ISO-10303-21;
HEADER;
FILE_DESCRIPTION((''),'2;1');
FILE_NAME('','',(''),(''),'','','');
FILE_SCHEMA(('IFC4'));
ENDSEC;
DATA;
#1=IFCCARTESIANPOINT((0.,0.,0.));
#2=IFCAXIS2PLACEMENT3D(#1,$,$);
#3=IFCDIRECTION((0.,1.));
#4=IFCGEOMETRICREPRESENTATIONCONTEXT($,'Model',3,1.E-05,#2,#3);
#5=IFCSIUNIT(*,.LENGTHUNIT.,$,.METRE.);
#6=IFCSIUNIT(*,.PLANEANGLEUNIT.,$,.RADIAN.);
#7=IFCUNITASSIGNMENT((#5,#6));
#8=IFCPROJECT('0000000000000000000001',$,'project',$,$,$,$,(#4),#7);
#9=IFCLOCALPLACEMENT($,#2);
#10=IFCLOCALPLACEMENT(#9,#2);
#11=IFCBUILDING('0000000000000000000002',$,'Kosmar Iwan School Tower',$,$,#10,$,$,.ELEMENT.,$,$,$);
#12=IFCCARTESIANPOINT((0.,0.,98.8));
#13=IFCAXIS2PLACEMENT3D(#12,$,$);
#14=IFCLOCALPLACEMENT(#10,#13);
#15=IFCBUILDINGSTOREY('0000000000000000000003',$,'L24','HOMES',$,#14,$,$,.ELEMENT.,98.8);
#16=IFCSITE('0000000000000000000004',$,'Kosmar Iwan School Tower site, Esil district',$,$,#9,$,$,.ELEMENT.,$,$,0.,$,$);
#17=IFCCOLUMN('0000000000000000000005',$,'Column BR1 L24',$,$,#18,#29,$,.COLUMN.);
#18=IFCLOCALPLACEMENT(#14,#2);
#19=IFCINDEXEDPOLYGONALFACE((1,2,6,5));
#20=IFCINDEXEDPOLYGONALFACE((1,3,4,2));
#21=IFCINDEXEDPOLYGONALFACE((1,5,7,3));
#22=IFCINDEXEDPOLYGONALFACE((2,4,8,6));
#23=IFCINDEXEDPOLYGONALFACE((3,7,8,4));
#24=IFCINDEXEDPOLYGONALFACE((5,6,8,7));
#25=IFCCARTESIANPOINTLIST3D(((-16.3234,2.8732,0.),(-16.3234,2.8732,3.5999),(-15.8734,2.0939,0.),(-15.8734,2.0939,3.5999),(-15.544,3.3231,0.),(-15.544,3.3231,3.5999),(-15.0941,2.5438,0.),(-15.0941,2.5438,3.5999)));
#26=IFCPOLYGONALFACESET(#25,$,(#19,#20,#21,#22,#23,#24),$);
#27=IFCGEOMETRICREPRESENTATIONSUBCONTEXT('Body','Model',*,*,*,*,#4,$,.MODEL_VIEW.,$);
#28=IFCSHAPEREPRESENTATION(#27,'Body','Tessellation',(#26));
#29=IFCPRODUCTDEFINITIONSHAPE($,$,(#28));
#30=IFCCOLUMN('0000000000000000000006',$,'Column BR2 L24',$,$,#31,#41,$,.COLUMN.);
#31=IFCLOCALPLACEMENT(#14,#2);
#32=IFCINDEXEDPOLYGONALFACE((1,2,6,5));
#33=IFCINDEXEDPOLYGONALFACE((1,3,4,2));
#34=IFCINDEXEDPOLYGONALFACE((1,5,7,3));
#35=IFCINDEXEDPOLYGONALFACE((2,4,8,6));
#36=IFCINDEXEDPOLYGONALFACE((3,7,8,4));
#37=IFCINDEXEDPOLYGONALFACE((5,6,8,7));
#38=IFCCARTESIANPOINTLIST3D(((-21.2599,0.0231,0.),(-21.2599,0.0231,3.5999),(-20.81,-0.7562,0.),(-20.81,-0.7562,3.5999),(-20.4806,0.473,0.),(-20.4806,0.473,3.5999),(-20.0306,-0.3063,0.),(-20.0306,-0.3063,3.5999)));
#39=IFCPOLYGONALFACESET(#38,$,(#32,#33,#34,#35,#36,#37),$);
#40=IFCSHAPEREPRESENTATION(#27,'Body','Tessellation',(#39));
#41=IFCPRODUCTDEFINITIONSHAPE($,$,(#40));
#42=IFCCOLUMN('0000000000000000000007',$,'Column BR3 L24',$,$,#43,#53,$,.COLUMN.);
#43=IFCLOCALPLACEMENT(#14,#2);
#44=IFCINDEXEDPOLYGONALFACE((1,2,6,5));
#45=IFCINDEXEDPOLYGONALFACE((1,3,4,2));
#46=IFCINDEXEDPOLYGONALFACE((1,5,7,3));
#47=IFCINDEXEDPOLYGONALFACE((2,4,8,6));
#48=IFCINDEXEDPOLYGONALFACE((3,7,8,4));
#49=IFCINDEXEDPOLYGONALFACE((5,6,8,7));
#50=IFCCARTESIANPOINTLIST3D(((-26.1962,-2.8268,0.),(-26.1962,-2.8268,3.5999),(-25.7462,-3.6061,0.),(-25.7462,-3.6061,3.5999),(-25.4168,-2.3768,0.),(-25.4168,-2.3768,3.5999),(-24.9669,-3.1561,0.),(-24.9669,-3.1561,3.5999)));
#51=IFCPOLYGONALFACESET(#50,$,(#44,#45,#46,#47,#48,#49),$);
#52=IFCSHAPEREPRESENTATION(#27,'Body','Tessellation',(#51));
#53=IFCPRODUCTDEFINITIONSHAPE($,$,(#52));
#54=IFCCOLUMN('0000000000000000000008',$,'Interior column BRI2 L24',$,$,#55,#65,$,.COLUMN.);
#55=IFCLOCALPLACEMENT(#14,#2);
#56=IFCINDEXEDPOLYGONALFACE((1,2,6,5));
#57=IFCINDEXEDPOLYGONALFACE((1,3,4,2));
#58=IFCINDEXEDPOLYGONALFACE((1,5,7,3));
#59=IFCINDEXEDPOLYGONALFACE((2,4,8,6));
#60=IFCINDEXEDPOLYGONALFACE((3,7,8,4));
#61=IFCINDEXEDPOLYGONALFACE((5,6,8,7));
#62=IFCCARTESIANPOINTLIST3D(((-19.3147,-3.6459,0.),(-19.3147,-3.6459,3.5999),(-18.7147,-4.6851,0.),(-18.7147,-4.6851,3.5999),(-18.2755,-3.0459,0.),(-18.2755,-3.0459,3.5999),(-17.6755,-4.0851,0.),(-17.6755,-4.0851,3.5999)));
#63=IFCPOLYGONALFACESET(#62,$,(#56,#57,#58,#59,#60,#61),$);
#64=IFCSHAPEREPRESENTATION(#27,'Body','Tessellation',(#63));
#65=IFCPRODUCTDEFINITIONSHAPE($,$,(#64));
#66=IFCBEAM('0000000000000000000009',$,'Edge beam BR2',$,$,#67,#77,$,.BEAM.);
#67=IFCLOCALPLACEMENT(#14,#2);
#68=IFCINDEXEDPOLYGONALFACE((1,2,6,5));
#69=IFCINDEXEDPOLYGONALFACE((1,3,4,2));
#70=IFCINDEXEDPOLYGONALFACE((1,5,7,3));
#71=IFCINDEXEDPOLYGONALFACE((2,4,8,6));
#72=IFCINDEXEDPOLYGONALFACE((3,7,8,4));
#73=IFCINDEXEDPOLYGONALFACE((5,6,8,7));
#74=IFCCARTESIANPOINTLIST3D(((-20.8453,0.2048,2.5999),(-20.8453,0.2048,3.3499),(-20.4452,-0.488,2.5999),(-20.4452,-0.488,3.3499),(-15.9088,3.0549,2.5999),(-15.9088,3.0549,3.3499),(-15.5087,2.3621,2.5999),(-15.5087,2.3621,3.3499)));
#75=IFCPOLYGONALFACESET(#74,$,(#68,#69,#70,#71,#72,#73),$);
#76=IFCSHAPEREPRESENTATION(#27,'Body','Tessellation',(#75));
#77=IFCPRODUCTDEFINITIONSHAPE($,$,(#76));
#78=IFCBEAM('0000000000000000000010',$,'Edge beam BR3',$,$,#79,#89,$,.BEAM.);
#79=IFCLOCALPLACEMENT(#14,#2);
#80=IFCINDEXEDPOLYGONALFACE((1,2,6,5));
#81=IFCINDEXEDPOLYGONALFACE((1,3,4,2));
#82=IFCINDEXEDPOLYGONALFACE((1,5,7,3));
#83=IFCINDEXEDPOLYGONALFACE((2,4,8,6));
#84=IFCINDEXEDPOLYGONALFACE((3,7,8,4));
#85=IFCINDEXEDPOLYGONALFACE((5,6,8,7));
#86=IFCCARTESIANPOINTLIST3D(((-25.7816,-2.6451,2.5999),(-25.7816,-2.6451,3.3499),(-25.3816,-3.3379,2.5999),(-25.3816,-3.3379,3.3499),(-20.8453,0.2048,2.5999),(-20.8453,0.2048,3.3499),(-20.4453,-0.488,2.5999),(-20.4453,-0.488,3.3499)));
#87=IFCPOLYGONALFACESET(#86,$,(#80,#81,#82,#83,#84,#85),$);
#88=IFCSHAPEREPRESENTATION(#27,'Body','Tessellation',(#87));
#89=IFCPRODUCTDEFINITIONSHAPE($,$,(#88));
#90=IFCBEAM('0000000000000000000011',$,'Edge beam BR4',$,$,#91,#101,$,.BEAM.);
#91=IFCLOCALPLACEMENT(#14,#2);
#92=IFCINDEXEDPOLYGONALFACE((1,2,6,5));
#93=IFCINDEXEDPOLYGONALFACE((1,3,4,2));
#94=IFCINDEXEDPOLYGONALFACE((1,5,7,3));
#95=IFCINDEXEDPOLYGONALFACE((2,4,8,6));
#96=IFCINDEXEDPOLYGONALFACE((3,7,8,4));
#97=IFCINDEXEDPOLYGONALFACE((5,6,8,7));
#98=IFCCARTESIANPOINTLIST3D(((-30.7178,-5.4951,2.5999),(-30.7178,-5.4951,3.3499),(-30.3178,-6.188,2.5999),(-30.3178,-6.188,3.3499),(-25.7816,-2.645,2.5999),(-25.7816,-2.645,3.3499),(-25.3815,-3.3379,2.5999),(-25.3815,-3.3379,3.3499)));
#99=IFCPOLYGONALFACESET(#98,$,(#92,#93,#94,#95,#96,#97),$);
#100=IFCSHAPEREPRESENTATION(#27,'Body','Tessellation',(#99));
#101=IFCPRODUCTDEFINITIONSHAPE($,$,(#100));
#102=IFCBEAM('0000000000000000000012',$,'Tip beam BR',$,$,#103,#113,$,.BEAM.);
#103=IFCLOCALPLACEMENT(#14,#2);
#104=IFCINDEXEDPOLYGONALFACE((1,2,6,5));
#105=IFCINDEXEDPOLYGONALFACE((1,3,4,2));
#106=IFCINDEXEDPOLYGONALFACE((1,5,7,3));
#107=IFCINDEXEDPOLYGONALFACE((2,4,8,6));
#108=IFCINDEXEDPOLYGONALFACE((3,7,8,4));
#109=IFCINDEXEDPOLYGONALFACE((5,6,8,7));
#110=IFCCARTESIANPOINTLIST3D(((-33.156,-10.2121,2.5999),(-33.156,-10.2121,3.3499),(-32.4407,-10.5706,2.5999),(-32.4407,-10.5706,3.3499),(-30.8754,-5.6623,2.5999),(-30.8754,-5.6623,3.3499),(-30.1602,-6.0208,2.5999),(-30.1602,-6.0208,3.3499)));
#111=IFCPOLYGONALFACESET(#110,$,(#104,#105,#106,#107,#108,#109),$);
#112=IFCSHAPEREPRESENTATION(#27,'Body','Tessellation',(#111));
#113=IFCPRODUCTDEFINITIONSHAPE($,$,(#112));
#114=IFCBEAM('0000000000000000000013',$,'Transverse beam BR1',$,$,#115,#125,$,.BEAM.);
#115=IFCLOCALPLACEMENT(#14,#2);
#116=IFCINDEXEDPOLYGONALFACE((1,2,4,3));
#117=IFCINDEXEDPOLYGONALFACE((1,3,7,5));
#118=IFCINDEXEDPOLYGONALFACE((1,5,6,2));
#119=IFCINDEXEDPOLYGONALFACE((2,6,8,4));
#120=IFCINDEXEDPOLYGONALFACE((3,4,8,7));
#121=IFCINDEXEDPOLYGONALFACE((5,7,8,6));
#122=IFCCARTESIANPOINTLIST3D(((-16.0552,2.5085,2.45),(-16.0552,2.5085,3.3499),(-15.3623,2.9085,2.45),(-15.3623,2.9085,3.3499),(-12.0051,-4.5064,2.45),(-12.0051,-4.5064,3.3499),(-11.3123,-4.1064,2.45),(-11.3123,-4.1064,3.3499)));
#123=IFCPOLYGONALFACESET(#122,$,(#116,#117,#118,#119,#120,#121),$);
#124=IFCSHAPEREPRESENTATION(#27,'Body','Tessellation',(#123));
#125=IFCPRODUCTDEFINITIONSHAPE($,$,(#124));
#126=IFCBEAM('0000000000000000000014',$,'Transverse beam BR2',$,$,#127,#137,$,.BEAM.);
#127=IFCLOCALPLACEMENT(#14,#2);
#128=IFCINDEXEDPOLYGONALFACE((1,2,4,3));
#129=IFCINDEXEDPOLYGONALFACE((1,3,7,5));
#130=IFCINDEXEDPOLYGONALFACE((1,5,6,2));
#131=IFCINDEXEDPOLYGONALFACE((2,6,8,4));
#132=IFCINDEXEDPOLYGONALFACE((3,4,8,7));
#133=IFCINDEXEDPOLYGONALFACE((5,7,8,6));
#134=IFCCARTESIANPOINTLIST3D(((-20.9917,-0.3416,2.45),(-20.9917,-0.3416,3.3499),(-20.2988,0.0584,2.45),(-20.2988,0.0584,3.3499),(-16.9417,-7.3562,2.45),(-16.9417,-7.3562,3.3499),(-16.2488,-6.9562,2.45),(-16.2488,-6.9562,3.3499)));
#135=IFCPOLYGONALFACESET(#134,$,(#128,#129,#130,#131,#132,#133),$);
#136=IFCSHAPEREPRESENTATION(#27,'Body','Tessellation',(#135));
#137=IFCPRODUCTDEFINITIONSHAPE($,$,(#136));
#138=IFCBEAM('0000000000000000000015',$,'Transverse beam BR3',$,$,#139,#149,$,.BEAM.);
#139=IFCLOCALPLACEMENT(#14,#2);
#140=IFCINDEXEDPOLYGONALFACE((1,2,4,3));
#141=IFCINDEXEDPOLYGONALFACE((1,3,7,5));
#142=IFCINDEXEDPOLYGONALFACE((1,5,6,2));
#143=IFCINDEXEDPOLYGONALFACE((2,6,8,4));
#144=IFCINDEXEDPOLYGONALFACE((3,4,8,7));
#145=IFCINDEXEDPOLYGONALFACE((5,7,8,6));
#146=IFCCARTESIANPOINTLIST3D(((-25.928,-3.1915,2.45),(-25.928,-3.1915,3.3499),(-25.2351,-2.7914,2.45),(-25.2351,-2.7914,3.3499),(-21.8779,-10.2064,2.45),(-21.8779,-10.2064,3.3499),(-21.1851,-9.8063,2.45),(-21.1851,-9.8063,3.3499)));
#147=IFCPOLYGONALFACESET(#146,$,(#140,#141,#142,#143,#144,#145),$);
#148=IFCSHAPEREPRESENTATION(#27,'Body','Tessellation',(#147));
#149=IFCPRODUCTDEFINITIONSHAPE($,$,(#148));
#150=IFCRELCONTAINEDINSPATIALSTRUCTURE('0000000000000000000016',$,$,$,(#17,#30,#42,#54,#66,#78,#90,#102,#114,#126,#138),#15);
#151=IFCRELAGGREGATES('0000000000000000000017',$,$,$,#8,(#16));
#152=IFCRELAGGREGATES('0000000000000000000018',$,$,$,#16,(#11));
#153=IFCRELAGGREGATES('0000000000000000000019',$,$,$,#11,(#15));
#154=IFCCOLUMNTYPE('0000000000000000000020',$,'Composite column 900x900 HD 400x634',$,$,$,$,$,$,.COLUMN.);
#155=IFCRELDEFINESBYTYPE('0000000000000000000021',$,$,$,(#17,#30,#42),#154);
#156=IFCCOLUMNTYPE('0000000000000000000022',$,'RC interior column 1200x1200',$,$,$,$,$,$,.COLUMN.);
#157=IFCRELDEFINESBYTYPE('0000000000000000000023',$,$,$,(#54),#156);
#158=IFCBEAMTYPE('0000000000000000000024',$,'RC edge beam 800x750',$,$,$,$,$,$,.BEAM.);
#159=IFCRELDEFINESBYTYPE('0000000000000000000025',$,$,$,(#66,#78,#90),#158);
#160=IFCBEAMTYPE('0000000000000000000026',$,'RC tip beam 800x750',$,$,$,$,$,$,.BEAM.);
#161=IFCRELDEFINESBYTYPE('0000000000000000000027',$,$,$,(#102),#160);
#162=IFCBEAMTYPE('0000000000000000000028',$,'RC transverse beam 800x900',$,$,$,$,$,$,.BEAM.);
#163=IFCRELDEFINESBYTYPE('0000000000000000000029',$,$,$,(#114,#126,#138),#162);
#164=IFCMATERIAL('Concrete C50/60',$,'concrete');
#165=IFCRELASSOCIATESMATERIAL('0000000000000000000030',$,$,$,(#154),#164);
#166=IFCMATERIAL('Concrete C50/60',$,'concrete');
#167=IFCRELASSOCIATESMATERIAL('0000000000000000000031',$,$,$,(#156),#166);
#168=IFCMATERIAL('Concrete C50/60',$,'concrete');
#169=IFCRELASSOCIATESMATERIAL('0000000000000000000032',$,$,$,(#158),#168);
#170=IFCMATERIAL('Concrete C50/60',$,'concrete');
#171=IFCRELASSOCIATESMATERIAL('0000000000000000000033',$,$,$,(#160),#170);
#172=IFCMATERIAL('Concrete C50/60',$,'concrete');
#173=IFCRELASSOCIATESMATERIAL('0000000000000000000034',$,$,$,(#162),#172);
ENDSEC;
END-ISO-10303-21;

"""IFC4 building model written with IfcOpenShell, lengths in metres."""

from ifc_helpers import new_model, si_unit, direction, frame, origin, origin_2d, place, context, subcontext, project, spatial, rectangle, extrude, material, material_profile, profile_set, type_object, element, save


model = new_model("IFC4")

# Units and contexts
model_context = context("Model", 3, precision=1e-05, world=origin(), true_north=direction((0.0, 1.0)))
body_context = subcontext(model_context, "Body", "Model", "MODEL_VIEW")
ifc_project = project(units=[si_unit("LENGTHUNIT", "METRE"), si_unit("PLANEANGLEUNIT", "RADIAN")], contexts=[model_context])

# Site, building, storey
site_placement = place(None, origin())
site = spatial("IfcSite", under=ifc_project, at=site_placement, Name="Kosmar Iwan School Tower site, Esil district", CompositionType="ELEMENT", RefElevation=0.0)
building_placement = place(site_placement, origin())
building = spatial("IfcBuilding", under=site, at=building_placement, Name="Kosmar Iwan School Tower", CompositionType="ELEMENT")
storey_placement = place(building_placement, frame((0.0, 0.0, 98.8)))
storey = spatial("IfcBuildingStorey", under=building, at=storey_placement, Name="L24", Description="HOMES", CompositionType="ELEMENT", Elevation=98.8)

# Columns
ifc_material_1 = material(Name="Concrete C50/60", Category="concrete")
ifc_material_profile_1 = material_profile(ifc_material_1, rectangle(XDim=0.8999, YDim=0.8999, at=origin_2d()), Name="RC 900x900 + HD 400x634")
ifc_profile_set_1 = profile_set([ifc_material_profile_1], Name="Concrete C50/60")
column_type_1 = type_object("IfcColumnType", Name="Composite column 900x900 HD 400x634", PredefinedType="COLUMN", material=ifc_profile_set_1)
for number, where, z_axis, x_axis, name in (
    (1, (-15.7087, 2.7085, 0.0), (0.0, 0.0, 1.0), (-0.866025, -0.5, 0.0), "Column BR1 L24"),
    (2, (-20.6453, -0.1416, 0.0), (0.0, 0.0, 1.0), (-0.866025, -0.5, 0.0), "Column BR2 L24"),
    (3, (-25.5815, -2.9915, 0.0), (0.0, 0.0, 1.0), (-0.866025, -0.5, 0.0), "Column BR3 L24"),
):
    element("IfcColumn", number, at=place(storey_placement, frame(where, z_axis=z_axis, x_axis=x_axis)), inside=storey, type_object=column_type_1, Name=name, PredefinedType="COLUMN", context=body_context, shape_type="SweptSolid", body=[
        extrude(rectangle(XDim=0.8999, YDim=0.8999, at=origin_2d()), origin(), (0.0, 0.0, 1.0), 3.5999),
    ])
ifc_material_2 = material(Name="Concrete C50/60", Category="concrete")
ifc_material_profile_2 = material_profile(ifc_material_2, rectangle(XDim=1.2, YDim=1.2, at=origin_2d()), Name="RC 1200x1200")
ifc_profile_set_2 = profile_set([ifc_material_profile_2], Name="Concrete C50/60")
column_type_2 = type_object("IfcColumnType", Name="RC interior column 1200x1200", PredefinedType="COLUMN", material=ifc_profile_set_2)
column_placement = place(storey_placement, frame((-18.4951, -3.8655, 0.0), z_axis=(0.0, 0.0, 1.0), x_axis=(-0.866025, -0.5, 0.0)))
element("IfcColumn", 4, at=column_placement, inside=storey, type_object=column_type_2, Name="Interior column BRI2 L24", PredefinedType="COLUMN", context=body_context, shape_type="SweptSolid", body=[
    extrude(rectangle(XDim=1.2, YDim=1.2, at=origin_2d()), origin(), (0.0, 0.0, 1.0), 3.5999),
])

# Beams
ifc_material_3 = material(Name="Concrete C50/60", Category="concrete")
ifc_material_profile_3 = material_profile(ifc_material_3, rectangle(XDim=0.8, YDim=0.75, at=origin_2d()), Name="RC 800x750")
ifc_profile_set_3 = profile_set([ifc_material_profile_3], Name="Concrete C50/60")
beam_type_1 = type_object("IfcBeamType", Name="RC edge beam 800x750", PredefinedType="BEAM", material=ifc_profile_set_3)
beam_1_placement = place(storey_placement, frame((-15.7087, 2.7085, 2.9749), z_axis=(-0.866026, -0.499999, 0.0), x_axis=(0.499999, -0.866026, 0.0)))
element("IfcBeam", 5, at=beam_1_placement, inside=storey, type_object=beam_type_1, Name="Edge beam BR2", PredefinedType="BEAM", context=body_context, shape_type="SweptSolid", body=[
    extrude(rectangle(XDim=0.8, YDim=0.75, at=origin_2d()), origin(), (0.0, 0.0, 1.0), 5.7002),
])
for number, where, z_axis, x_axis, name in (
    (6, (-20.6453, -0.1416, 2.9749), (-0.866034, -0.499986, 0.0), (0.499986, -0.866034, 0.0), "Edge beam BR3"),
    (7, (-25.5815, -2.9915, 2.9749), (-0.866015, -0.500018, 0.0), (0.500018, -0.866015, 0.0), "Edge beam BR4"),
):
    element("IfcBeam", number, at=place(storey_placement, frame(where, z_axis=z_axis, x_axis=x_axis)), inside=storey, type_object=beam_type_1, Name=name, PredefinedType="BEAM", context=body_context, shape_type="SweptSolid", body=[
        extrude(rectangle(XDim=0.8, YDim=0.75, at=origin_2d()), origin(), (0.0, 0.0, 1.0), 5.7),
    ])
ifc_material_4 = material(Name="Concrete C50/60", Category="concrete")
ifc_material_profile_4 = material_profile(ifc_material_4, rectangle(XDim=0.8, YDim=0.75, at=origin_2d()), Name="RC 800x750")
ifc_profile_set_4 = profile_set([ifc_material_profile_4], Name="Concrete C50/60")
beam_type_2 = type_object("IfcBeamType", Name="RC tip beam 800x750", PredefinedType="BEAM", material=ifc_profile_set_4)
beam_2_placement = place(storey_placement, frame((-30.5178, -5.8416, 2.9749), z_axis=(-0.448096, -0.893985, 0.0), x_axis=(0.893985, -0.448096, 0.0)))
element("IfcBeam", 8, at=beam_2_placement, inside=storey, type_object=beam_type_2, Name="Tip beam BR", PredefinedType="BEAM", context=body_context, shape_type="SweptSolid", body=[
    extrude(rectangle(XDim=0.8, YDim=0.75, at=origin_2d()), origin(), (0.0, 0.0, 1.0), 5.0894),
])
ifc_material_5 = material(Name="Concrete C50/60", Category="concrete")
ifc_material_profile_5 = material_profile(ifc_material_5, rectangle(XDim=0.8, YDim=0.8999, at=origin_2d()), Name="RC 800x900")
ifc_profile_set_5 = profile_set([ifc_material_profile_5], Name="Concrete C50/60")
beam_type_3 = type_object("IfcBeamType", Name="RC transverse beam 800x900", PredefinedType="BEAM", material=ifc_profile_set_5)
beam_3_placement = place(storey_placement, frame((-15.7087, 2.7085, 2.8999), z_axis=(0.5, -0.866025, 0.0), x_axis=(0.866025, 0.5, 0.0)))
element("IfcBeam", 9, at=beam_3_placement, inside=storey, type_object=beam_type_3, Name="Transverse beam BR1", PredefinedType="BEAM", context=body_context, shape_type="SweptSolid", body=[
    extrude(rectangle(XDim=0.8, YDim=0.8999, at=origin_2d()), origin(), (0.0, 0.0, 1.0), 8.1001),
])
beam_4_placement = place(storey_placement, frame((-20.6453, -0.1416, 2.8999), z_axis=(0.500013, -0.866018, 0.0), x_axis=(0.866018, 0.500013, 0.0)))
element("IfcBeam", 10, at=beam_4_placement, inside=storey, type_object=beam_type_3, Name="Transverse beam BR2", PredefinedType="BEAM", context=body_context, shape_type="SweptSolid", body=[
    extrude(rectangle(XDim=0.8, YDim=0.8999, at=origin_2d()), origin(), (0.0, 0.0, 1.0), 8.0999),
])
beam_5_placement = place(storey_placement, frame((-25.5815, -2.9915, 2.8999), z_axis=(0.5, -0.866025, 0.0), x_axis=(0.866025, 0.5, 0.0)))
element("IfcBeam", 11, at=beam_5_placement, inside=storey, type_object=beam_type_3, Name="Transverse beam BR3", PredefinedType="BEAM", context=body_context, shape_type="SweptSolid", body=[
    extrude(rectangle(XDim=0.8, YDim=0.8999, at=origin_2d()), origin(), (0.0, 0.0, 1.0), 8.1001),
])

save(model, "model.ifc")
